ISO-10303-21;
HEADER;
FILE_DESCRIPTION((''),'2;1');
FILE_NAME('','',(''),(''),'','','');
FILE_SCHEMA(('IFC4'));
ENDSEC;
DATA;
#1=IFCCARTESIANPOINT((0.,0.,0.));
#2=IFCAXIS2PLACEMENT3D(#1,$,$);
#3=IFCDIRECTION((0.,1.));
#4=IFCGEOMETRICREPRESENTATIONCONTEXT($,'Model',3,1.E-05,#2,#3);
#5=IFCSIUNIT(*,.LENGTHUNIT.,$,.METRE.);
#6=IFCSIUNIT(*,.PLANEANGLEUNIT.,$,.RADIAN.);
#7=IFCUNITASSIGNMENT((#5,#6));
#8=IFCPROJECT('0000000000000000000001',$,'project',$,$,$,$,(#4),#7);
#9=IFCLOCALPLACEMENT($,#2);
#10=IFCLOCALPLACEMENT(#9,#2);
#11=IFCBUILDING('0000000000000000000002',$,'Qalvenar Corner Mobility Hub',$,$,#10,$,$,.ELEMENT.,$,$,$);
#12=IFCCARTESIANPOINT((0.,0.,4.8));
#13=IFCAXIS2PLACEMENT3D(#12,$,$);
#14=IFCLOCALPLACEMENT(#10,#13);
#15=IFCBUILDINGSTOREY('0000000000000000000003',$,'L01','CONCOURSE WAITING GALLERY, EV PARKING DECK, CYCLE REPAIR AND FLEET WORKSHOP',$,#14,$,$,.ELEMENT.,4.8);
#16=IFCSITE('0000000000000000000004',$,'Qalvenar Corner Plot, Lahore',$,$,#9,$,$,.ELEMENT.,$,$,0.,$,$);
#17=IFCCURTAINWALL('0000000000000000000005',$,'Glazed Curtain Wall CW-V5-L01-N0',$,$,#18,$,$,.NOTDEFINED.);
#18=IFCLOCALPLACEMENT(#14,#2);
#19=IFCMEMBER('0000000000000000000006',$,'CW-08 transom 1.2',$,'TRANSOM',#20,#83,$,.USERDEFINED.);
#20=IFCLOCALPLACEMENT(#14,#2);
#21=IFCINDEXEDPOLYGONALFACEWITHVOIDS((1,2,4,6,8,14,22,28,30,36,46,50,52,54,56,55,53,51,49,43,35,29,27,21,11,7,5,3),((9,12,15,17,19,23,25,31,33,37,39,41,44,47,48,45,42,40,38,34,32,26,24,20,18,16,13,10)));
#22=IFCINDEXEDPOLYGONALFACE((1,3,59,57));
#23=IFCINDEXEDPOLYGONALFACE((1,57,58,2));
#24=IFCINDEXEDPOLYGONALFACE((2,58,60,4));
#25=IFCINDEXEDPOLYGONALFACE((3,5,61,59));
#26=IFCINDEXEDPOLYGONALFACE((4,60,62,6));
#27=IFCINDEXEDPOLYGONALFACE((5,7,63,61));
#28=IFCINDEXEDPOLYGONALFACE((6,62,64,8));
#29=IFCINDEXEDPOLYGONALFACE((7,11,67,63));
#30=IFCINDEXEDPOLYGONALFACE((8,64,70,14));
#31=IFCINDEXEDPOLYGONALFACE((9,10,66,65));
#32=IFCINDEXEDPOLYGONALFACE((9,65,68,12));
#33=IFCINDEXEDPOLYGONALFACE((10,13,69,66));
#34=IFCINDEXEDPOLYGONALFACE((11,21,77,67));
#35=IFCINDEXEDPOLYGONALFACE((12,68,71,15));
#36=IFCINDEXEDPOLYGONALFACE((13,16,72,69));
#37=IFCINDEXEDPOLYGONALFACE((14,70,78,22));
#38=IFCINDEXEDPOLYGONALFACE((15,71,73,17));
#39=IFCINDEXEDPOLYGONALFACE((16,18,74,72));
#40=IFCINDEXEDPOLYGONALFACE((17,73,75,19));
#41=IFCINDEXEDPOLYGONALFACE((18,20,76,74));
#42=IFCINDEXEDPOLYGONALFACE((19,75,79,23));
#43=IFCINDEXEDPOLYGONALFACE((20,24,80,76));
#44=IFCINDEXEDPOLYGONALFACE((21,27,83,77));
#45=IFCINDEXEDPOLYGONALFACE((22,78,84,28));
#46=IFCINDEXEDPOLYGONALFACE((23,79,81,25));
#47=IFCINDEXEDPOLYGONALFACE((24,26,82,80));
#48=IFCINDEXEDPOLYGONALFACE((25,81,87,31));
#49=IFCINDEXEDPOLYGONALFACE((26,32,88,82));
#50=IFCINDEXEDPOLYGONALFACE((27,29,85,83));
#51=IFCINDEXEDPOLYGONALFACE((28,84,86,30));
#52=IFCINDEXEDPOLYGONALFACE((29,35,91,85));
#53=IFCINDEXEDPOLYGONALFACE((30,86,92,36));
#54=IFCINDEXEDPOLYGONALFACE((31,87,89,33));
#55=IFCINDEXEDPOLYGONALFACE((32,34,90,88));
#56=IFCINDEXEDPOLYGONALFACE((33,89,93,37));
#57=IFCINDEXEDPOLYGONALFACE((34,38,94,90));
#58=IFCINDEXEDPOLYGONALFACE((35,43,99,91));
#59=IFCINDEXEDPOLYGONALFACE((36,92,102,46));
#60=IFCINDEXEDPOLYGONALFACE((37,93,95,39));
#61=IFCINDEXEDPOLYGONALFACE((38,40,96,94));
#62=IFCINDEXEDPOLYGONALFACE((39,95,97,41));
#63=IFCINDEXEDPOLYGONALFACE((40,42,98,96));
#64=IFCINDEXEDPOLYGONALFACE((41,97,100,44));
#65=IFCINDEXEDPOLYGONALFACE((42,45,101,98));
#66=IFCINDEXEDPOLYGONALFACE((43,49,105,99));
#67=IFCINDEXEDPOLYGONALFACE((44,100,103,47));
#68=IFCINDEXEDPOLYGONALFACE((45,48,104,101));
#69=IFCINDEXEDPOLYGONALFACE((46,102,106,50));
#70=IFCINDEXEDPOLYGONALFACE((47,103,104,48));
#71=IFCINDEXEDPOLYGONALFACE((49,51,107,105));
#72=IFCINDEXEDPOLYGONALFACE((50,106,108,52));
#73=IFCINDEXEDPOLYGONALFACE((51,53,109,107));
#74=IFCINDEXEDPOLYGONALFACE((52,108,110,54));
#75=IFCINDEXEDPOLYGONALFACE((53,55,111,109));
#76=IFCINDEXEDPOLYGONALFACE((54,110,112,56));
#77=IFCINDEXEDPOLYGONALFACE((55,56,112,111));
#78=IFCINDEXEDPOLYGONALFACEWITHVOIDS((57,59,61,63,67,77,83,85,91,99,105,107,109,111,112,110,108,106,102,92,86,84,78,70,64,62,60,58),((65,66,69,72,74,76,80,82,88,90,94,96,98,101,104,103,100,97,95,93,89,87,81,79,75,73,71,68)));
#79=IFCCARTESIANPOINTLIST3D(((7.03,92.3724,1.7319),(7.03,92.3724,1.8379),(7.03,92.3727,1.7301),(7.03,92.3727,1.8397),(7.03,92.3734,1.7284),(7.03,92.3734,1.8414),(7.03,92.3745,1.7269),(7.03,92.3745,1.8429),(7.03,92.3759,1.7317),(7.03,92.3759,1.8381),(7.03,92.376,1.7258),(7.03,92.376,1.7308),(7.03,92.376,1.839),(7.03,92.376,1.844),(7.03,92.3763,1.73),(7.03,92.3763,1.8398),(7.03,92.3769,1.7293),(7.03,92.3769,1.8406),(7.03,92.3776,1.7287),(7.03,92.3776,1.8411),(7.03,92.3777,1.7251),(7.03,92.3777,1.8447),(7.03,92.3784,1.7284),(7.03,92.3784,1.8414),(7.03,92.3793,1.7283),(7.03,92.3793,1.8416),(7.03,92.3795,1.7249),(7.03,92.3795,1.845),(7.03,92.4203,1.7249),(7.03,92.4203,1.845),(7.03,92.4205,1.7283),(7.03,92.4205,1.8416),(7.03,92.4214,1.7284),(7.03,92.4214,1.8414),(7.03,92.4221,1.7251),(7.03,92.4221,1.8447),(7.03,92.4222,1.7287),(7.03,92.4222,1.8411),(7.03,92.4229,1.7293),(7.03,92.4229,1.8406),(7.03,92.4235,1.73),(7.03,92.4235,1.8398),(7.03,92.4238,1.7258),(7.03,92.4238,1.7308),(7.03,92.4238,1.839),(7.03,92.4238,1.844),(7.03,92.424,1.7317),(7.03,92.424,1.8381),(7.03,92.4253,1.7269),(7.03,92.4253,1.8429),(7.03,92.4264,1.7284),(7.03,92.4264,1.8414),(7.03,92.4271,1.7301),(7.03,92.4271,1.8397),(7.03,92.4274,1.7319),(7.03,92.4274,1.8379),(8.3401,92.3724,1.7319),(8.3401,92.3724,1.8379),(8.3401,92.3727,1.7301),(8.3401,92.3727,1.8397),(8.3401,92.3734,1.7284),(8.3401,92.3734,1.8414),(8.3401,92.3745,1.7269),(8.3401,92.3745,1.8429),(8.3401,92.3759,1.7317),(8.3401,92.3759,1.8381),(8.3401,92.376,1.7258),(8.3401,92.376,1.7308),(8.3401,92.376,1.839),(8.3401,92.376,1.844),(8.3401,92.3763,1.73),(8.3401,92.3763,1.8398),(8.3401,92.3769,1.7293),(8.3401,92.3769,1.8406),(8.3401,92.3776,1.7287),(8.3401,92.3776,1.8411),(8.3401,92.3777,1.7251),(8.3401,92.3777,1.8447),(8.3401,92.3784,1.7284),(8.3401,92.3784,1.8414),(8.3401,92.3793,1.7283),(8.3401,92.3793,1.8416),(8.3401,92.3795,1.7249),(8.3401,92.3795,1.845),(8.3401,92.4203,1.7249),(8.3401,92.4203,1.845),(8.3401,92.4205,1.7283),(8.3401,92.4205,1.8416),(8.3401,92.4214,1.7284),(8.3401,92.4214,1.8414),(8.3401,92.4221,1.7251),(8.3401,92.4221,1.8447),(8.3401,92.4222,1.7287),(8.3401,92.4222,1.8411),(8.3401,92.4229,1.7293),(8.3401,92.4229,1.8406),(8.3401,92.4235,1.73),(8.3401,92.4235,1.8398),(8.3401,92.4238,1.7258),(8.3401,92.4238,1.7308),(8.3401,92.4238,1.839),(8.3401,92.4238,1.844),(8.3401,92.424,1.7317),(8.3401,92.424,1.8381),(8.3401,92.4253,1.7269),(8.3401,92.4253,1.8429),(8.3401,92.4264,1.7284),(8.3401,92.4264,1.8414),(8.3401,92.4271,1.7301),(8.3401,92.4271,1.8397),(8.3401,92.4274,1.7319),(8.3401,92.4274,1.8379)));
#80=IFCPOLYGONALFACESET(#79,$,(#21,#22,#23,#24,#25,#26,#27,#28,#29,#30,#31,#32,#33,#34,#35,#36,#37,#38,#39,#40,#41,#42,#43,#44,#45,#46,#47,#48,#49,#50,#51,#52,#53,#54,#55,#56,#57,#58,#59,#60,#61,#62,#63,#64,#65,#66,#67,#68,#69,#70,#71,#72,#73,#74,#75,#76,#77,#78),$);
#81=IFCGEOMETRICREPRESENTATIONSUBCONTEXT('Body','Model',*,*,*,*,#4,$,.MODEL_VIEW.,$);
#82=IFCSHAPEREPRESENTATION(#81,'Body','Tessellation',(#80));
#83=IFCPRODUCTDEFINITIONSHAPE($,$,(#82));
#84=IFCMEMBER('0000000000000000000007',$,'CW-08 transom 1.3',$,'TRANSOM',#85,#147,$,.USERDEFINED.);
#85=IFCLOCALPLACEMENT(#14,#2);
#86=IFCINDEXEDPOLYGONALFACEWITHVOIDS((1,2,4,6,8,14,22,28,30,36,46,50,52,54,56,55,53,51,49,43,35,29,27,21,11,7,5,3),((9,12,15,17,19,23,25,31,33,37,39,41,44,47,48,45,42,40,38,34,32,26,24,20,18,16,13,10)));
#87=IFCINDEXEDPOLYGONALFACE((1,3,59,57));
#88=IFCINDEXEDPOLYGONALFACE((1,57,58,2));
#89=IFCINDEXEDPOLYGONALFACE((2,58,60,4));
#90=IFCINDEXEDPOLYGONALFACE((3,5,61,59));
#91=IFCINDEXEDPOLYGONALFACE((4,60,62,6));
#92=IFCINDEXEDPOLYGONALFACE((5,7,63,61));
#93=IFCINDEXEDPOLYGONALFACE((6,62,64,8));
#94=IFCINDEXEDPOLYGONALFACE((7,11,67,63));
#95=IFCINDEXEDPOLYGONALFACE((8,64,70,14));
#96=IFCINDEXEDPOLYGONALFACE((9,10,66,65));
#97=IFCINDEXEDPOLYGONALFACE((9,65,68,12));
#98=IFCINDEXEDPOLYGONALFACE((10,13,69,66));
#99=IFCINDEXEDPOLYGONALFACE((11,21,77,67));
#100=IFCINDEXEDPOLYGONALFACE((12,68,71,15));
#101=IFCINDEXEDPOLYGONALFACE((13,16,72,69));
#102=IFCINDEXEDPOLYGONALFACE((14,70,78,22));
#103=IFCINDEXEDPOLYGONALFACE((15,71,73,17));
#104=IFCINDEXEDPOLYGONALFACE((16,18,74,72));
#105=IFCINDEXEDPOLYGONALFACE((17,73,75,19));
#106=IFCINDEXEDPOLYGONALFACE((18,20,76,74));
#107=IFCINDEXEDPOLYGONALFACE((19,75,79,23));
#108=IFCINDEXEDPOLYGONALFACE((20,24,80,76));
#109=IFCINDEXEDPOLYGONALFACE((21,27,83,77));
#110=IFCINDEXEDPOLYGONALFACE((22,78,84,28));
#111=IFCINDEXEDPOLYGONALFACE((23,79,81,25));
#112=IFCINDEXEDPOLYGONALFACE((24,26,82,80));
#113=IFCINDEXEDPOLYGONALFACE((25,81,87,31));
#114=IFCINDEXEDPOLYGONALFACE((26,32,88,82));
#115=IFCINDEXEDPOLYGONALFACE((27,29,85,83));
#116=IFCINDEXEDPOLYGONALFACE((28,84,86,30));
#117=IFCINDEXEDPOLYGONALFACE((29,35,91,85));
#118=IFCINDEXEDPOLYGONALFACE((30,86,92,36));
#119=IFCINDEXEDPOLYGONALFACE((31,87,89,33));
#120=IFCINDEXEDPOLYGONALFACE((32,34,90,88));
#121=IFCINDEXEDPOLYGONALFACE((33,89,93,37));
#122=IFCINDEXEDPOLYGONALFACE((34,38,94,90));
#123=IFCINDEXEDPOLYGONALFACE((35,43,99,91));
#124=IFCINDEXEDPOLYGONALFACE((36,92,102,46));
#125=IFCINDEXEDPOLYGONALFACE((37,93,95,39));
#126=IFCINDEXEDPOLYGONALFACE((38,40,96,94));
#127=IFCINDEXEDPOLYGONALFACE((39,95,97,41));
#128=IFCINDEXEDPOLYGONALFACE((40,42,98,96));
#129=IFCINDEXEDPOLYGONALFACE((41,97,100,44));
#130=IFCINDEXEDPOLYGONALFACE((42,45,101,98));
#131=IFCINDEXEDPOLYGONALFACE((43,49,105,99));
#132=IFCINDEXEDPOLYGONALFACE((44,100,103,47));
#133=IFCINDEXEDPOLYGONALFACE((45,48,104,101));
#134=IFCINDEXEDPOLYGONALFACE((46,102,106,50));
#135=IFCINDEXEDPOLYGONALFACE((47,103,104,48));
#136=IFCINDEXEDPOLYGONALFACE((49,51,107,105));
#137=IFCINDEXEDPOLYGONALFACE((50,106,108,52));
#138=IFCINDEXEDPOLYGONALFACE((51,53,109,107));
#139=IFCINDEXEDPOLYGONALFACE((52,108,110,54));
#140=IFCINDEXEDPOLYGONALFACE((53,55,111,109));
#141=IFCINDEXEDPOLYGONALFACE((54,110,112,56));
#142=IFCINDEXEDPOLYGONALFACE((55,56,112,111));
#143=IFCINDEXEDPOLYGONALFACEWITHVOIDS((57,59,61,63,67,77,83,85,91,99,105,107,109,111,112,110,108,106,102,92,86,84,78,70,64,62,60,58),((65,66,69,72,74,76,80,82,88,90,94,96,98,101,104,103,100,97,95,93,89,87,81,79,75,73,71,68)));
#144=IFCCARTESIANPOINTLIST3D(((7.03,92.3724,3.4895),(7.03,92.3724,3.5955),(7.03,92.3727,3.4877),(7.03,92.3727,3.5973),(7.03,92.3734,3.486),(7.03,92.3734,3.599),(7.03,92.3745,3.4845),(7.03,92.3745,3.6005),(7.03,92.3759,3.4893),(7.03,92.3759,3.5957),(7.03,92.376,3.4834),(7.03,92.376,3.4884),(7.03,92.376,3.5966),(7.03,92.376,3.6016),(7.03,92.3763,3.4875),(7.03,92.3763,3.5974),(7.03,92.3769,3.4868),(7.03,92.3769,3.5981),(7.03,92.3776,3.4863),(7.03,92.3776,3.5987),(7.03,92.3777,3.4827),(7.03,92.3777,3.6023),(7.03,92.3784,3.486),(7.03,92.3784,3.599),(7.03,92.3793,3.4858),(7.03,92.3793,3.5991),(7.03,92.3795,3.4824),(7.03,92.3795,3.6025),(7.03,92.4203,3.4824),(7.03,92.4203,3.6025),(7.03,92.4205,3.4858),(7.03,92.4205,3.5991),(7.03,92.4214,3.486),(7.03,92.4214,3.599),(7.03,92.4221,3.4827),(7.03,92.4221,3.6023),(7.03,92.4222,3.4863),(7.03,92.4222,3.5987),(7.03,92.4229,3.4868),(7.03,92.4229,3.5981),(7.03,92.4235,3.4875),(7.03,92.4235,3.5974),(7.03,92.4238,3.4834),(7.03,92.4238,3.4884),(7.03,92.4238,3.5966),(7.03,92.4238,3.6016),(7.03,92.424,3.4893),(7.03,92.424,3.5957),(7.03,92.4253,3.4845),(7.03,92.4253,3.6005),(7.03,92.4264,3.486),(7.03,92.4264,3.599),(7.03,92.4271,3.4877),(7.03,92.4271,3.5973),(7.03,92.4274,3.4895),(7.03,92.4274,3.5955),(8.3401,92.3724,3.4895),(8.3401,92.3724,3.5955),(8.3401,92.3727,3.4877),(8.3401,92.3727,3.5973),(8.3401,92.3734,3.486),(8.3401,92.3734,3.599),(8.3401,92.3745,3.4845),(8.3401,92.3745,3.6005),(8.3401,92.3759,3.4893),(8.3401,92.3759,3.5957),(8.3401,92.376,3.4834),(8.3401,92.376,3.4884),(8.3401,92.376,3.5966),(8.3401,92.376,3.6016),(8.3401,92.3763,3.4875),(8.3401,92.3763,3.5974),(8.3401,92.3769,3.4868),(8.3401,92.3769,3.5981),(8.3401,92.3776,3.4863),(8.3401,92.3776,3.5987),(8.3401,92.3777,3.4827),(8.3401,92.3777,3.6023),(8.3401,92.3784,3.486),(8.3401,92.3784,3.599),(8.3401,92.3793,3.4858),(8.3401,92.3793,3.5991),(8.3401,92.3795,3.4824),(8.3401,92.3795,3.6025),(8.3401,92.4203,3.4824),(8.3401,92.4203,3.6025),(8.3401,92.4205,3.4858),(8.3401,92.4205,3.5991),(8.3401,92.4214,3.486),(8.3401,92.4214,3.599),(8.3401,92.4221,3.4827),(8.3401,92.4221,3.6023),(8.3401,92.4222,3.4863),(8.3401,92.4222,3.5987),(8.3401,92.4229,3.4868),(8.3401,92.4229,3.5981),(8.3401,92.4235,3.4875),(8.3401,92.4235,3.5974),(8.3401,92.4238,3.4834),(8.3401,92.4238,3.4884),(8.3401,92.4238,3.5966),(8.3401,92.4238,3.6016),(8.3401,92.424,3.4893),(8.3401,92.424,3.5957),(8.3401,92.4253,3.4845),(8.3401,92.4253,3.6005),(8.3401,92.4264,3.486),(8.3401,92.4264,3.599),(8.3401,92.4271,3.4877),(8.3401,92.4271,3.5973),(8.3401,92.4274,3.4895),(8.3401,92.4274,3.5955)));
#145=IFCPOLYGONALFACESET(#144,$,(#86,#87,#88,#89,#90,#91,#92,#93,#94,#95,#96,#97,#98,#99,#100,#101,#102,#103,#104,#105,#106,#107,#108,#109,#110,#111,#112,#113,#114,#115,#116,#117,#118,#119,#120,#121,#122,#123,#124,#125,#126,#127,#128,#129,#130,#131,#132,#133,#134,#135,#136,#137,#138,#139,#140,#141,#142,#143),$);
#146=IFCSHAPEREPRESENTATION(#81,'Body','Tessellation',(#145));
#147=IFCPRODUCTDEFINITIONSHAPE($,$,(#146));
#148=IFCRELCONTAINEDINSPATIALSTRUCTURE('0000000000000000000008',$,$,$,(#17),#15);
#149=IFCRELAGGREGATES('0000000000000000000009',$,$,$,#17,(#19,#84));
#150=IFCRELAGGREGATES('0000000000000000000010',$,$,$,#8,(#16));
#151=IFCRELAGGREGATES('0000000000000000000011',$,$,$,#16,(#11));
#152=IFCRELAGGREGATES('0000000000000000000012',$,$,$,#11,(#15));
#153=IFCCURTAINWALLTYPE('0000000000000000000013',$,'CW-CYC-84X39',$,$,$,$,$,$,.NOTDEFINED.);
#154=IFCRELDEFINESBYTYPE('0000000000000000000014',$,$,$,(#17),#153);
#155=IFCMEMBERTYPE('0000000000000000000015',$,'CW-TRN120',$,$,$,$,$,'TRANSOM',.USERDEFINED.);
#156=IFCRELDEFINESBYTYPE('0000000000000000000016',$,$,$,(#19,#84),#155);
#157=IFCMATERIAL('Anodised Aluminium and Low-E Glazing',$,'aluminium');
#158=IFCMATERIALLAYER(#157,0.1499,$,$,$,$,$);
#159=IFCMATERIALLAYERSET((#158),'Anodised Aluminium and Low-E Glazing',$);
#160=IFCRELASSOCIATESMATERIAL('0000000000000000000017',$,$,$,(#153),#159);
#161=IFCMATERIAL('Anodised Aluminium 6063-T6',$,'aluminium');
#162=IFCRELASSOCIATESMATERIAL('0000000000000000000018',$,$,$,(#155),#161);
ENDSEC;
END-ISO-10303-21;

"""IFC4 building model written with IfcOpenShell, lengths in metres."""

from ifc_helpers import new_model, si_unit, direction, frame, origin, origin_2d, place, context, subcontext, project, spatial, hollow_rectangle, extrude, material, layer, layer_set, material_profile, profile_set, type_object, element, aggregate, save


model = new_model("IFC4")

# Units and contexts
model_context = context("Model", 3, precision=1e-05, world=origin(), true_north=direction((0.0, 1.0)))
body_context = subcontext(model_context, "Body", "Model", "MODEL_VIEW")
ifc_project = project(units=[si_unit("LENGTHUNIT", "METRE"), si_unit("PLANEANGLEUNIT", "RADIAN")], contexts=[model_context])

# Site, building, storey
site_placement = place(None, origin())
site = spatial("IfcSite", under=ifc_project, at=site_placement, Name="Qalvenar Corner Plot, Lahore", CompositionType="ELEMENT", RefElevation=0.0)
building_placement = place(site_placement, origin())
building = spatial("IfcBuilding", under=site, at=building_placement, Name="Qalvenar Corner Mobility Hub", CompositionType="ELEMENT")
storey_placement = place(building_placement, frame((0.0, 0.0, 4.8)))
storey = spatial("IfcBuildingStorey", under=building, at=storey_placement, Name="L01", Description="CONCOURSE WAITING GALLERY, EV PARKING DECK, CYCLE REPAIR AND FLEET WORKSHOP", CompositionType="ELEMENT", Elevation=4.8)

# Curtain wall, members
ifc_material_1 = material(Name="Anodised Aluminium and Low-E Glazing", Category="aluminium")
ifc_layer_1 = layer(ifc_material_1, 0.1499)
ifc_layer_set_1 = layer_set([ifc_layer_1], Name="Anodised Aluminium and Low-E Glazing")
curtain_wall_type = type_object("IfcCurtainWallType", Name="CW-CYC-84X39", PredefinedType="NOTDEFINED", material=ifc_layer_set_1)
curtain_wall_placement = place(storey_placement, origin())
curtain_wall = element("IfcCurtainWall", 1, at=curtain_wall_placement, inside=storey, type_object=curtain_wall_type, Name="Glazed Curtain Wall CW-V5-L01-N0", PredefinedType="NOTDEFINED")
ifc_material_2 = material(Name="Anodised Aluminium 6063-T6", Category="aluminium")
ifc_material_profile_1 = material_profile(ifc_material_2, hollow_rectangle(XDim=0.0549, YDim=0.1201, WallThickness=0.0034, InnerFilletRadius=0.0034, OuterFilletRadius=0.0071, at=origin_2d()), Name="RHS120x55x3.5")
ifc_profile_set_1 = profile_set([ifc_material_profile_1], Name="Anodised Aluminium 6063-T6")
member_type_1 = type_object("IfcMemberType", Name="CW-TRN120", ElementType="TRANSOM", PredefinedType="USERDEFINED", material=ifc_profile_set_1)
member_1_placement = place(storey_placement, frame((8.3401, 92.3999, 1.7849), z_axis=(-1.0, 0.0, 0.0), x_axis=(0.0, -1.0, 0.0)))
member_1 = element("IfcMember", 2, at=member_1_placement, type_object=member_type_1, Name="CW-08 transom 1.2", ObjectType="TRANSOM", PredefinedType="USERDEFINED", context=body_context, shape_type="SweptSolid", body=[
    extrude(hollow_rectangle(XDim=0.0549, YDim=0.1201, WallThickness=0.0034, InnerFilletRadius=0.0034, OuterFilletRadius=0.0071, at=origin_2d()), origin(), (0.0, 0.0, 1.0), 1.3101),
])
member_2_placement = place(storey_placement, frame((8.3401, 92.3999, 3.5425), z_axis=(-1.0, 0.0, 0.0), x_axis=(0.0, -1.0, 0.0)))
member_2 = element("IfcMember", 3, at=member_2_placement, type_object=member_type_1, Name="CW-08 transom 1.3", ObjectType="TRANSOM", PredefinedType="USERDEFINED", context=body_context, shape_type="SweptSolid", body=[
    extrude(hollow_rectangle(XDim=0.0549, YDim=0.1201, WallThickness=0.0034, InnerFilletRadius=0.0034, OuterFilletRadius=0.0071, at=origin_2d()), origin(), (0.0, 0.0, 1.0), 1.3101),
])
aggregate(curtain_wall, [member_1, member_2])

save(model, "model.ifc")
